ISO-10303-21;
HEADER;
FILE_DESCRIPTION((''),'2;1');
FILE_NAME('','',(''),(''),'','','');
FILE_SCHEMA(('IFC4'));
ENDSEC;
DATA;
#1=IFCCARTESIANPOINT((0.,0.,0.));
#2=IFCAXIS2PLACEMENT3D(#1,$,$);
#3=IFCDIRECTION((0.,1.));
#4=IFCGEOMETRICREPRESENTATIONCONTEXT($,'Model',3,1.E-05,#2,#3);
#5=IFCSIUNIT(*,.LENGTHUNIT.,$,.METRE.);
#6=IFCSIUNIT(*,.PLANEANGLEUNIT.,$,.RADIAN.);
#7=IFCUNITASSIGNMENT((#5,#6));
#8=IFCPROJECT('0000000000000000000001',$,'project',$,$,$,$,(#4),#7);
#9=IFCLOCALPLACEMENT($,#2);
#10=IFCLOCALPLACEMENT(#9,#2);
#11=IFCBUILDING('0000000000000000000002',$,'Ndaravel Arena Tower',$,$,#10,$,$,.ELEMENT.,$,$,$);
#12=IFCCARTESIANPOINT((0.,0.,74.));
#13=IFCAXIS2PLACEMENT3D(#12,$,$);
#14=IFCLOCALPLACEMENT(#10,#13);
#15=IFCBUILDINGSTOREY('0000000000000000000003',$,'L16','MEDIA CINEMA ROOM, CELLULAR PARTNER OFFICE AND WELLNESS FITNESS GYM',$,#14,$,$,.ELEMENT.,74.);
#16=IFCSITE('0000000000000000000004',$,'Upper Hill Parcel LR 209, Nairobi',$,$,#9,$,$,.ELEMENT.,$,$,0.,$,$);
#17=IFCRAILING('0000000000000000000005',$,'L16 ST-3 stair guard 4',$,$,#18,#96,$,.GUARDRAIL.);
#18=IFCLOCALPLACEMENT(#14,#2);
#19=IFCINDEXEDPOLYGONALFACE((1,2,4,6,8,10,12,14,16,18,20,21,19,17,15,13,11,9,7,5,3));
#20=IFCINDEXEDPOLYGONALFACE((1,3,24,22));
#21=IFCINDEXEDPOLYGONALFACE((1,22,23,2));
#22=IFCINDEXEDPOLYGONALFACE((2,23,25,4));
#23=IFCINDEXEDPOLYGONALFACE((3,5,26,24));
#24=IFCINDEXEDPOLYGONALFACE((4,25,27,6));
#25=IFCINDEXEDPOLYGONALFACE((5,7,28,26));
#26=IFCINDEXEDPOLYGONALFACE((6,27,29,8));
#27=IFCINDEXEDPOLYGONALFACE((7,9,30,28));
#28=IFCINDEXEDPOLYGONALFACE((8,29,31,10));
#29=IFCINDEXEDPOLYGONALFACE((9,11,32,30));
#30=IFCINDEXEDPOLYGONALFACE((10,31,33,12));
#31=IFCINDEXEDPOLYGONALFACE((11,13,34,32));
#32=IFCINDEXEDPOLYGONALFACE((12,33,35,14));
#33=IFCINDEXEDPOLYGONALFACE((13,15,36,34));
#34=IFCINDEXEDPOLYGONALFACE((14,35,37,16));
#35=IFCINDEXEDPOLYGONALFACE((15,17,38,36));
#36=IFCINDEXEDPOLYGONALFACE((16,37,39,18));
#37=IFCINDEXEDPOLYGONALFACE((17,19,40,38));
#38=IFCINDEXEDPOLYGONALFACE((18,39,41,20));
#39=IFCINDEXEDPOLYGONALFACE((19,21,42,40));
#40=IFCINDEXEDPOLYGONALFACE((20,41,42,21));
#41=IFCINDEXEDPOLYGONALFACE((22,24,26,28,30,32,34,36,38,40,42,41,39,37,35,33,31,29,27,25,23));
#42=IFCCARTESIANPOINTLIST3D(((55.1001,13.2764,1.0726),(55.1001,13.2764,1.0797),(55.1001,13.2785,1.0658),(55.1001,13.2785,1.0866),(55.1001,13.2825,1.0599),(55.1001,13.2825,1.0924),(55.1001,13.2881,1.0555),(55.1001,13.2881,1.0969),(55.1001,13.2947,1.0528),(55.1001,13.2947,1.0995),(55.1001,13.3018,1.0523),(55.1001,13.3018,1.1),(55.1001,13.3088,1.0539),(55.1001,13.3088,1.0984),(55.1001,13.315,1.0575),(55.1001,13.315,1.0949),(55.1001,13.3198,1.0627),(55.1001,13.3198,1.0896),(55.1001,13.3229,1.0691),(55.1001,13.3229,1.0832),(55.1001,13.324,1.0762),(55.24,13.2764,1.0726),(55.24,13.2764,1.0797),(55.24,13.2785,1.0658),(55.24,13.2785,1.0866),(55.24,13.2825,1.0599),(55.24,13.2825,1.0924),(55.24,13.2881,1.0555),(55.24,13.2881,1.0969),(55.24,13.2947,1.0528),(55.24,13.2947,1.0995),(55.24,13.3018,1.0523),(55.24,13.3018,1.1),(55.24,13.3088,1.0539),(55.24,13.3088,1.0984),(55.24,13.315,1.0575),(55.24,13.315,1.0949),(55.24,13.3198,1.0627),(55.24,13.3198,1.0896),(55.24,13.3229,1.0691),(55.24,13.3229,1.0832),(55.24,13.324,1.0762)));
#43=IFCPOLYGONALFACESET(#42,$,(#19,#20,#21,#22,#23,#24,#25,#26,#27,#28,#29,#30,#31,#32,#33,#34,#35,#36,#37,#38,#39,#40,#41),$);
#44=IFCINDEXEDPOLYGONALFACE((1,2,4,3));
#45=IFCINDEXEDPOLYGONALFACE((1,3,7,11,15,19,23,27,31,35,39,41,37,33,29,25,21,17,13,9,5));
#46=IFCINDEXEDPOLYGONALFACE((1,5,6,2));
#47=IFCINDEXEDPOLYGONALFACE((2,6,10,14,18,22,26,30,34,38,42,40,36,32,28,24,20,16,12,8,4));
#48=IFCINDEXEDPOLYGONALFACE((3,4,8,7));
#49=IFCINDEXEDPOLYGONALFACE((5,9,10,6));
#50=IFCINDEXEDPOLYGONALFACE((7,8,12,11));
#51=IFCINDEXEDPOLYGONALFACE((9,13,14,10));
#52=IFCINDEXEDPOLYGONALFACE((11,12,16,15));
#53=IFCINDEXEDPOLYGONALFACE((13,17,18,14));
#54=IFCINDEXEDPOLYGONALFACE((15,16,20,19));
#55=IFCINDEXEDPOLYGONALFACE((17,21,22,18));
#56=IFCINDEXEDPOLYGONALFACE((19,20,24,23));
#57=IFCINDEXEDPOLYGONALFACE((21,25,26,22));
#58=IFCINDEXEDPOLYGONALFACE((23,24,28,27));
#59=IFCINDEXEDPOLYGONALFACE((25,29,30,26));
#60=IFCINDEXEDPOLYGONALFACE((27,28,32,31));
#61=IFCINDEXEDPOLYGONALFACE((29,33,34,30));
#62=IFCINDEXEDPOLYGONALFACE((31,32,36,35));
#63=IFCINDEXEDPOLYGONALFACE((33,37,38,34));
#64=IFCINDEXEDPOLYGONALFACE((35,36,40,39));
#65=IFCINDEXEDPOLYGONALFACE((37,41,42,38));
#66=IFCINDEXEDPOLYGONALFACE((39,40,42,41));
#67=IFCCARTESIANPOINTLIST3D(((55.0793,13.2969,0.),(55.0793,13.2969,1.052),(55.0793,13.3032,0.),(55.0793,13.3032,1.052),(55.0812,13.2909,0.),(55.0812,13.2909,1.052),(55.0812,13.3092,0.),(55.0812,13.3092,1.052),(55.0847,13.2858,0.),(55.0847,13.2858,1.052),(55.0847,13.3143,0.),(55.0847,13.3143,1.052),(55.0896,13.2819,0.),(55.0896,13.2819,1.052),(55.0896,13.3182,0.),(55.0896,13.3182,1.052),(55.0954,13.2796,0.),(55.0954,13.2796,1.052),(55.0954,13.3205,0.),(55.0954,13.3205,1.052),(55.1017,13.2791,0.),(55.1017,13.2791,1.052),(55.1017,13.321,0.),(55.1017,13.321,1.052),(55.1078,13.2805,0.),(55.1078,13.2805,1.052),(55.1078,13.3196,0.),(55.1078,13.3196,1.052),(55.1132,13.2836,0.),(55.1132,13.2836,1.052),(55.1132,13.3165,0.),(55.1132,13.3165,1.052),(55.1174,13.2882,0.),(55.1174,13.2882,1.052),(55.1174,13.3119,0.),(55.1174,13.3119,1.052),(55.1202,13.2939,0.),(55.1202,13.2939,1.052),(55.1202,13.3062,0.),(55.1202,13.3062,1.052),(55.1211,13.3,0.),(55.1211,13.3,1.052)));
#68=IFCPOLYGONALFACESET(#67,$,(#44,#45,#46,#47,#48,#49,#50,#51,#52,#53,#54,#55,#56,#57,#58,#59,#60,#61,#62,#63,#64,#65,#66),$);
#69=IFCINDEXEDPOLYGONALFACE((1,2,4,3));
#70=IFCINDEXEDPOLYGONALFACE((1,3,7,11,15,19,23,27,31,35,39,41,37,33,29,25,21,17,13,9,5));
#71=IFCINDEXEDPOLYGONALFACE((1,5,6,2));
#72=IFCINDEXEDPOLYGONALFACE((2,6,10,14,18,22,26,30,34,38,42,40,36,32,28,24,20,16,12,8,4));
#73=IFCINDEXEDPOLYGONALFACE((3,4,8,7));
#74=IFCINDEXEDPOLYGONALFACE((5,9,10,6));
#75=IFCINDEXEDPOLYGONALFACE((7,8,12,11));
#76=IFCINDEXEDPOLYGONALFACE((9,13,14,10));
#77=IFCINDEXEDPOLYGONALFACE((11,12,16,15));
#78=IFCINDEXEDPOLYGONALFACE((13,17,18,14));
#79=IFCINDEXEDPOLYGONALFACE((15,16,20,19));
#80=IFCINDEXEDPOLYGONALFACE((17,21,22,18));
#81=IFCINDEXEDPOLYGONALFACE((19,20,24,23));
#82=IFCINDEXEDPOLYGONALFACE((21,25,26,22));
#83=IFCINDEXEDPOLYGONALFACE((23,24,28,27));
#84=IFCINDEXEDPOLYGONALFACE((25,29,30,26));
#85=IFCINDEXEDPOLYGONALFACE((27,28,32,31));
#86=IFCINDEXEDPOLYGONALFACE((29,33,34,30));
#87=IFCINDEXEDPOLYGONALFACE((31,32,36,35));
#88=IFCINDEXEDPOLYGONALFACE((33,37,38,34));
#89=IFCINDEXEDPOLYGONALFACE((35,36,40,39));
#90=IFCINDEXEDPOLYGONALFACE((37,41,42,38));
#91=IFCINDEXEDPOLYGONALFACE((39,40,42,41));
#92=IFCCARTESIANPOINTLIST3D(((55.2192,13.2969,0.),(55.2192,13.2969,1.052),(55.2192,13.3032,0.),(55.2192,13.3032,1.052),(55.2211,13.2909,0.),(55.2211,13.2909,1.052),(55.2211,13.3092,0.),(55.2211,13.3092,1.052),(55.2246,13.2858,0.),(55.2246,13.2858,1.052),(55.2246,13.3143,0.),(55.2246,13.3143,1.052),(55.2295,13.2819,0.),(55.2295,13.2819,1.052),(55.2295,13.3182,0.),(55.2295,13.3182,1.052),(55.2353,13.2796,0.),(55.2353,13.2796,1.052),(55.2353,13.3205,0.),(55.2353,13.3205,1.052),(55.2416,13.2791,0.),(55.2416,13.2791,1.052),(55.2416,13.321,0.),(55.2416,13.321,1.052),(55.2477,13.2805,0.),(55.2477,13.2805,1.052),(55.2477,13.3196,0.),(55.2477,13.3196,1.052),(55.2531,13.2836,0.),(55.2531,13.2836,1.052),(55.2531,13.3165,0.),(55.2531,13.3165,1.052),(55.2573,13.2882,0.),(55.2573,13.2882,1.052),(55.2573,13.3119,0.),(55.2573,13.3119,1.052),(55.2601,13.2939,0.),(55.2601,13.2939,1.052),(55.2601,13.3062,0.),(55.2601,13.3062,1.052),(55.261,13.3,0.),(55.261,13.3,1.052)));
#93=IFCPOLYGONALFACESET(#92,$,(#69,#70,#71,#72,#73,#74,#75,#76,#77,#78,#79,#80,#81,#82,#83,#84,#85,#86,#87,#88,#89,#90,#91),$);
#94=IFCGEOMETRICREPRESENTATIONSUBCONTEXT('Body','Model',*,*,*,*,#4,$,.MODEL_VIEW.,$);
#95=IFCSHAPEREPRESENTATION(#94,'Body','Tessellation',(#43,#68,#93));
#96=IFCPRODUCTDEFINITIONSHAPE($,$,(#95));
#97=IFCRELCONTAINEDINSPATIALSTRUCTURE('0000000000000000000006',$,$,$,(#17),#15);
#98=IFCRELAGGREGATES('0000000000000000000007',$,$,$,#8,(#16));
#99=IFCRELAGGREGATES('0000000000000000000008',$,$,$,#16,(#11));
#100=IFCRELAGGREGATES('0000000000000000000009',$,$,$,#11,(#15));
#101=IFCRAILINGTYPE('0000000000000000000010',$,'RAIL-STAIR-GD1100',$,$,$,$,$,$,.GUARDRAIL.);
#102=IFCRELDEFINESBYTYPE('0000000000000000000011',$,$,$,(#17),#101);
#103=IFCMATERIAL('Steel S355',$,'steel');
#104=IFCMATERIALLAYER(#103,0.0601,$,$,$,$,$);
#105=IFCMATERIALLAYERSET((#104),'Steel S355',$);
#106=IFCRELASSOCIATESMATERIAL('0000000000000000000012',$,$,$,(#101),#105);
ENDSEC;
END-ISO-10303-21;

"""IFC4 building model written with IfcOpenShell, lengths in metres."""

from ifc_helpers import new_model, si_unit, direction, frame, origin, origin_2d, place, context, subcontext, project, spatial, circle, extrude, material, layer, layer_set, type_object, element, save


model = new_model("IFC4")

# Units and contexts
model_context = context("Model", 3, precision=1e-05, world=origin(), true_north=direction((0.0, 1.0)))
body_context = subcontext(model_context, "Body", "Model", "MODEL_VIEW")
ifc_project = project(units=[si_unit("LENGTHUNIT", "METRE"), si_unit("PLANEANGLEUNIT", "RADIAN")], contexts=[model_context])

# Site, building, storey
site_placement = place(None, origin())
site = spatial("IfcSite", under=ifc_project, at=site_placement, Name="Upper Hill Parcel LR 209, Nairobi", CompositionType="ELEMENT", RefElevation=0.0)
building_placement = place(site_placement, origin())
building = spatial("IfcBuilding", under=site, at=building_placement, Name="Ndaravel Arena Tower", CompositionType="ELEMENT")
storey_placement = place(building_placement, frame((0.0, 0.0, 74.0)))
storey = spatial("IfcBuildingStorey", under=building, at=storey_placement, Name="L16", Description="MEDIA CINEMA ROOM, CELLULAR PARTNER OFFICE AND WELLNESS FITNESS GYM", CompositionType="ELEMENT", Elevation=74.0)

# Railing
ifc_material_1 = material(Name="Steel S355", Category="steel")
ifc_layer_1 = layer(ifc_material_1, 0.0601)
ifc_layer_set_1 = layer_set([ifc_layer_1], Name="Steel S355")
railing_type_1 = type_object("IfcRailingType", Name="RAIL-STAIR-GD1100", PredefinedType="GUARDRAIL", material=ifc_layer_set_1)
railing_1_placement = place(storey_placement, frame((55.1001, 13.3, 0.0)))
element("IfcRailing", 1, at=railing_1_placement, inside=storey, type_object=railing_type_1, Name="L16 ST-3 stair guard 4", PredefinedType="GUARDRAIL", context=body_context, shape_type="SweptSolid", body=[
    extrude(circle(Radius=0.0239, at=origin_2d()), frame((0.0, 0.0, 1.0762), z_axis=(1.0, 0.0, 0.0), x_axis=(0.0, 1.0, 0.0)), (0.0, 0.0, 1.0), 0.1399),
    extrude(circle(Radius=0.021, at=origin_2d()), origin(), (0.0, 0.0, 1.0), 1.052),
    extrude(circle(Radius=0.021, at=origin_2d()), frame((0.1399, 0.0, 0.0)), (0.0, 0.0, 1.0), 1.052),
])

save(model, "model.ifc")
